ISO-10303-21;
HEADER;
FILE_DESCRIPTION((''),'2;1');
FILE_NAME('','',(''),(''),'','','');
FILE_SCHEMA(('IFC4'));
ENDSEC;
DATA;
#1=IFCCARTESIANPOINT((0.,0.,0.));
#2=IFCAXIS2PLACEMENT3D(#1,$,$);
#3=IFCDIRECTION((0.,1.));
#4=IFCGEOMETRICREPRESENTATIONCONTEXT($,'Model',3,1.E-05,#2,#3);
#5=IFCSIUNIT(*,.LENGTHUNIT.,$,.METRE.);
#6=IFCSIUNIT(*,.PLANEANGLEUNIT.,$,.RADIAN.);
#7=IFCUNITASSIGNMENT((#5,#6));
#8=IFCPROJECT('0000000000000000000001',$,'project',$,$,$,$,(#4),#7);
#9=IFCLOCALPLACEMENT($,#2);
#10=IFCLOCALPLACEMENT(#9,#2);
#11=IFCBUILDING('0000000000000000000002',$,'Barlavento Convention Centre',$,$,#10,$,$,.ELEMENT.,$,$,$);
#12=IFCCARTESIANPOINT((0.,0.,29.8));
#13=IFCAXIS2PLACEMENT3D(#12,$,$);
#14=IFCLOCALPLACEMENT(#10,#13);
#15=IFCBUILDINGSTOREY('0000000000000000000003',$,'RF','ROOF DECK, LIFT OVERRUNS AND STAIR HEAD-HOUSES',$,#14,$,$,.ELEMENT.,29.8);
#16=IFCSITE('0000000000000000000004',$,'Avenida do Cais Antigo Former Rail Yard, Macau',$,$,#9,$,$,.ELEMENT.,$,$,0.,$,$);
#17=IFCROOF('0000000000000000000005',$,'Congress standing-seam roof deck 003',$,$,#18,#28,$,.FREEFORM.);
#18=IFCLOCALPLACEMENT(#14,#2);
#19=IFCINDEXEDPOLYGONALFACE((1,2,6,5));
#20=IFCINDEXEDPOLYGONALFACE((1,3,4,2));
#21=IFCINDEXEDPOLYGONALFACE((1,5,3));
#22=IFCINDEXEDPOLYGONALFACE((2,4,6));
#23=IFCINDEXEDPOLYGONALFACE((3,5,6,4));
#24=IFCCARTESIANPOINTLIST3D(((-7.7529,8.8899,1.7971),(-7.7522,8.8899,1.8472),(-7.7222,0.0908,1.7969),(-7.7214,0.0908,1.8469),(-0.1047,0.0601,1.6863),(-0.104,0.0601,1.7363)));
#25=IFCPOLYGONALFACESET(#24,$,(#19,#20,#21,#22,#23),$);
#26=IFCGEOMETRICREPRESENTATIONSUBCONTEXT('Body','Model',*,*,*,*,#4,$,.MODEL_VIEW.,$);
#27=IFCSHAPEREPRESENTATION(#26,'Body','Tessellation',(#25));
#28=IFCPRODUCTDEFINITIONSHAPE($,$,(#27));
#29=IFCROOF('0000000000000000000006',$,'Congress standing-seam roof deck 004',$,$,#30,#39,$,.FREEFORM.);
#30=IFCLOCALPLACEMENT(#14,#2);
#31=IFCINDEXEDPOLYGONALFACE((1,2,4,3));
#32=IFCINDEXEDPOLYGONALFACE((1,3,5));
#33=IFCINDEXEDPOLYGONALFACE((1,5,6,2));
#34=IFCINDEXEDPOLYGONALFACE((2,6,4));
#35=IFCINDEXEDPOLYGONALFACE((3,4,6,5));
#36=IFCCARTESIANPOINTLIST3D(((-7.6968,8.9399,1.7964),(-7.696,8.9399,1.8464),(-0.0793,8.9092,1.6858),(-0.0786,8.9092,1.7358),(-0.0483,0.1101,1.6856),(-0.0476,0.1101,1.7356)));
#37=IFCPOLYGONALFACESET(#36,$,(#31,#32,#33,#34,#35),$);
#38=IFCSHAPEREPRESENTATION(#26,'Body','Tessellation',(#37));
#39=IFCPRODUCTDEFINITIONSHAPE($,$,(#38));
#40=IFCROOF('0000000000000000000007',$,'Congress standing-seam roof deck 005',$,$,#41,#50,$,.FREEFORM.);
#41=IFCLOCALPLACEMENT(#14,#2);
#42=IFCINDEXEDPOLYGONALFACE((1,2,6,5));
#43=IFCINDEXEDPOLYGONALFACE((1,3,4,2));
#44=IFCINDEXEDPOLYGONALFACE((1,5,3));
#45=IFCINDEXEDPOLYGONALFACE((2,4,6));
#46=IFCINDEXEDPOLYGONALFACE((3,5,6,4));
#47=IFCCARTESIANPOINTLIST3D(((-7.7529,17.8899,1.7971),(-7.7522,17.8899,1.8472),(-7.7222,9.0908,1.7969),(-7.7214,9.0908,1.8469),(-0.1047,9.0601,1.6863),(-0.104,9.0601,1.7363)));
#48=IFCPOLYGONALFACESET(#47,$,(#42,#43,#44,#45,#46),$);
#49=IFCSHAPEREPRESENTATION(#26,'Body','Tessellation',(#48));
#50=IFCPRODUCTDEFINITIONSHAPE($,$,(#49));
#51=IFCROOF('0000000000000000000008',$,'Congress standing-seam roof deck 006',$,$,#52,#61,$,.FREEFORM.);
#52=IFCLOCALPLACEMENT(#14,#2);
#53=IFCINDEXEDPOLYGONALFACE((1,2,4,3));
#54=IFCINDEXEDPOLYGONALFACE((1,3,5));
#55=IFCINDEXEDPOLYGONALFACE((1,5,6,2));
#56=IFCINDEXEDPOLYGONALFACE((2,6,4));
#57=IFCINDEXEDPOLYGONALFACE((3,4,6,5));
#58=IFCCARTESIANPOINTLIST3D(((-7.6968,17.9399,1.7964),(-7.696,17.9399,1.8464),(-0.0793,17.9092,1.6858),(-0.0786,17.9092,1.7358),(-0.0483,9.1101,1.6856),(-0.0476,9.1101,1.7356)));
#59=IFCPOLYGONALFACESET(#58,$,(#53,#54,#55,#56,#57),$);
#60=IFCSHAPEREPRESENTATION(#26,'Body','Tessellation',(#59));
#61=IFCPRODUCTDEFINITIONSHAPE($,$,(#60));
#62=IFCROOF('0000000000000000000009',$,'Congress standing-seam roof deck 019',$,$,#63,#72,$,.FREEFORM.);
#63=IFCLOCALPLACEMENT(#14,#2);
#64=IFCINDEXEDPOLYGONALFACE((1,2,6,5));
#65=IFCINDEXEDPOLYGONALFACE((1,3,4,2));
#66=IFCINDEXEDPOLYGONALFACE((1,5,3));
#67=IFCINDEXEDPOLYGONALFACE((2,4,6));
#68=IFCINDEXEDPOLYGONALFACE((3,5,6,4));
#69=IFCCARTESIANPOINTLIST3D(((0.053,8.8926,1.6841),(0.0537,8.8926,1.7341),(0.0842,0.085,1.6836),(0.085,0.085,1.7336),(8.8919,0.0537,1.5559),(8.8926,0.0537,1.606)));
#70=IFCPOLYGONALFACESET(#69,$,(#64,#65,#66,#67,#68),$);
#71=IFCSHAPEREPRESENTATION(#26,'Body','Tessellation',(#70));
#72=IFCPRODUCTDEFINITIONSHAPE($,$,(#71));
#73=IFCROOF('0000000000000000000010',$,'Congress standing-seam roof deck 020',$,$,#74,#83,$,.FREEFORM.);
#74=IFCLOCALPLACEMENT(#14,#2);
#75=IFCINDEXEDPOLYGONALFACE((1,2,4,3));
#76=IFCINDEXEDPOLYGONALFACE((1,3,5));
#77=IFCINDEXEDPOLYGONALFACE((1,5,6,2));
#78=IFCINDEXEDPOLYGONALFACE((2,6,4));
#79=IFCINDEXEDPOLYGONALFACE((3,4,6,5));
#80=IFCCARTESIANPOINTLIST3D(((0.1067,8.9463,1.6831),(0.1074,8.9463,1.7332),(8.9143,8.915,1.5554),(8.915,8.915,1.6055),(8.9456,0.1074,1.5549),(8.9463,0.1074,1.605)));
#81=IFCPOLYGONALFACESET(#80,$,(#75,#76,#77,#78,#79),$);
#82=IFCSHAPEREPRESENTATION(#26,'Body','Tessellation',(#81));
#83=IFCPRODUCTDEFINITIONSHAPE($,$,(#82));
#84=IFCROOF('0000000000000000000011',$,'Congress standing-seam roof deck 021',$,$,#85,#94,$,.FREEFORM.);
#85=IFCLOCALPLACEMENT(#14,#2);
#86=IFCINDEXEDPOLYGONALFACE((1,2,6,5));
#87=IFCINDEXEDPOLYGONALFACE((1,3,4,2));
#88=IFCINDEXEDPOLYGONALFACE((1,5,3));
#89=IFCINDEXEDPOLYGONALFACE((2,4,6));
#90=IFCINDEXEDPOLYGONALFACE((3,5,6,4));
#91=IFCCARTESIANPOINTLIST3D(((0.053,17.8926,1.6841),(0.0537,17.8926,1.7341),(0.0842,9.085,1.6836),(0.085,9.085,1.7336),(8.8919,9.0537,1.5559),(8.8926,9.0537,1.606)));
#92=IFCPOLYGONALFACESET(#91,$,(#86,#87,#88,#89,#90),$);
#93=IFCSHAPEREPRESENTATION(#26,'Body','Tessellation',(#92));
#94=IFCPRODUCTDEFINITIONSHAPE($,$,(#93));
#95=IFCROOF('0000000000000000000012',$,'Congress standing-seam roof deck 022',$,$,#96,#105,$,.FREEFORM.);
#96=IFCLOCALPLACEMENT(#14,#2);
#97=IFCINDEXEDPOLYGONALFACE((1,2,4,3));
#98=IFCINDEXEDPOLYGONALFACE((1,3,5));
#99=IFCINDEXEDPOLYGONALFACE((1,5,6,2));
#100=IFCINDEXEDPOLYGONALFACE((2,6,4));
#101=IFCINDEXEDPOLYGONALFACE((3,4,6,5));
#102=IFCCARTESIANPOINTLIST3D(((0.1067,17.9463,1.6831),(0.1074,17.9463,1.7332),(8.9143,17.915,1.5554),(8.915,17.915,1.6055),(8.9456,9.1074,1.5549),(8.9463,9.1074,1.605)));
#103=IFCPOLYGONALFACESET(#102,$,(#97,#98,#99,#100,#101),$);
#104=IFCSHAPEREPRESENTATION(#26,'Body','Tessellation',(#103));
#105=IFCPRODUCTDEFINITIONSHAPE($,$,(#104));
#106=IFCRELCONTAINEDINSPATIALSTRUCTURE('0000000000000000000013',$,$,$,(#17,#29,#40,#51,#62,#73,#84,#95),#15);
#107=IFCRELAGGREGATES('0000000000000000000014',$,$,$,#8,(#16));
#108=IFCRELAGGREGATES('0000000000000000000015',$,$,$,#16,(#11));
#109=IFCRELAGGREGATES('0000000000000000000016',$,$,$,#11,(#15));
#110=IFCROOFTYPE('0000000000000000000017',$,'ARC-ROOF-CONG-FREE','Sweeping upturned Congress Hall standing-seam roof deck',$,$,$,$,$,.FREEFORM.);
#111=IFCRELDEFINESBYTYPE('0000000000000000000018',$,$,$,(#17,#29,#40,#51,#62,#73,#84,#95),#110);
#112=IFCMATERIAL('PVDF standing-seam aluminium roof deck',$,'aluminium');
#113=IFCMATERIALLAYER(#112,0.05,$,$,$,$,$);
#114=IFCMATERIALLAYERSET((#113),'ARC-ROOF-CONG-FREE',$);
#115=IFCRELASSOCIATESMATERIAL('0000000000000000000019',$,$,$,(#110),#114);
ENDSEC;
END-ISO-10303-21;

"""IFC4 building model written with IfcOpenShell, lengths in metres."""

from ifc_helpers import new_model, si_unit, direction, frame, origin, place, context, subcontext, project, spatial, polyline, outline, extrude, material, layer, layer_set, type_object, element, save


model = new_model("IFC4")

# Units and contexts
model_context = context("Model", 3, precision=1e-05, world=origin(), true_north=direction((0.0, 1.0)))
body_context = subcontext(model_context, "Body", "Model", "MODEL_VIEW")
ifc_project = project(units=[si_unit("LENGTHUNIT", "METRE"), si_unit("PLANEANGLEUNIT", "RADIAN")], contexts=[model_context])

# Site, building, storey
site_placement = place(None, origin())
site = spatial("IfcSite", under=ifc_project, at=site_placement, Name="Avenida do Cais Antigo Former Rail Yard, Macau", CompositionType="ELEMENT", RefElevation=0.0)
building_placement = place(site_placement, origin())
building = spatial("IfcBuilding", under=site, at=building_placement, Name="Barlavento Convention Centre", CompositionType="ELEMENT")
storey_placement = place(building_placement, frame((0.0, 0.0, 29.8)))
storey = spatial("IfcBuildingStorey", under=building, at=storey_placement, Name="RF", Description="ROOF DECK, LIFT OVERRUNS AND STAIR HEAD-HOUSES", CompositionType="ELEMENT", Elevation=29.8)

# Roofs
ifc_material_1 = material(Name="PVDF standing-seam aluminium roof deck", Category="aluminium")
ifc_layer_1 = layer(ifc_material_1, 0.05)
ifc_layer_set_1 = layer_set([ifc_layer_1], Name="ARC-ROOF-CONG-FREE")
roof_type = type_object("IfcRoofType", Name="ARC-ROOF-CONG-FREE", Description="Sweeping upturned Congress Hall standing-seam roof deck", PredefinedType="FREEFORM", material=ifc_layer_set_1)
roof_1_placement = place(storey_placement, frame((-7.7214, 0.0908, 1.8469), z_axis=(0.014517, 0.000023, 0.999895), x_axis=(0.999886, -0.004038, -0.014517)))
element("IfcRoof", 1, at=roof_1_placement, inside=storey, type_object=roof_type, Name="Congress standing-seam roof deck 003", PredefinedType="FREEFORM", context=body_context, shape_type="SweptSolid", body=[
    extrude(outline(polyline([(0.0, 0.0), (7.6183, 0.0), (-0.0663, 8.7989), (0.0, 0.0)])), origin(), (0.0, 0.0, -1.0), 0.05),
])
roof_2_placement = place(storey_placement, frame((-0.0476, 0.1101, 1.7356), z_axis=(0.014517, 0.000023, 0.999895), x_axis=(-0.003524, 0.999994, 0.000028)))
element("IfcRoof", 2, at=roof_2_placement, inside=storey, type_object=roof_type, Name="Congress standing-seam roof deck 004", PredefinedType="FREEFORM", context=body_context, shape_type="SweptSolid", body=[
    extrude(outline(polyline([(0.0, 0.0), (8.7991, 0.0), (8.8567, 7.6181), (0.0, 0.0)])), origin(), (0.0, 0.0, -1.0), 0.05),
])
roof_3_placement = place(storey_placement, frame((-7.7214, 9.0908, 1.8469), z_axis=(0.014517, 0.000023, 0.999895), x_axis=(0.999886, -0.004038, -0.014517)))
element("IfcRoof", 3, at=roof_3_placement, inside=storey, type_object=roof_type, Name="Congress standing-seam roof deck 005", PredefinedType="FREEFORM", context=body_context, shape_type="SweptSolid", body=[
    extrude(outline(polyline([(0.0, 0.0), (7.6183, 0.0), (-0.0663, 8.7989), (0.0, 0.0)])), origin(), (0.0, 0.0, -1.0), 0.05),
])
roof_4_placement = place(storey_placement, frame((-0.0476, 9.1101, 1.7356), z_axis=(0.014517, 0.000023, 0.999895), x_axis=(-0.003524, 0.999994, 0.000028)))
element("IfcRoof", 4, at=roof_4_placement, inside=storey, type_object=roof_type, Name="Congress standing-seam roof deck 006", PredefinedType="FREEFORM", context=body_context, shape_type="SweptSolid", body=[
    extrude(outline(polyline([(0.0, 0.0), (8.7991, 0.0), (8.8567, 7.6181), (0.0, 0.0)])), origin(), (0.0, 0.0, -1.0), 0.05),
])
roof_5_placement = place(storey_placement, frame((0.085, 0.085, 1.7336), z_axis=(0.014496, -0.000004, 0.999895), x_axis=(0.999889, -0.003548, -0.014496)))
element("IfcRoof", 5, at=roof_5_placement, inside=storey, type_object=roof_type, Name="Congress standing-seam roof deck 019", PredefinedType="FREEFORM", context=body_context, shape_type="SweptSolid", body=[
    extrude(outline(polyline([(0.0, 0.0), (8.8086, 0.0), (-0.0625, 8.8075), (0.0, 0.0)])), origin(), (0.0, 0.0, -1.0), 0.05),
])
roof_6_placement = place(storey_placement, frame((8.9463, 0.1074, 1.605), z_axis=(0.014496, -0.000004, 0.999895), x_axis=(-0.003548, 0.999994, 0.000055)))
element("IfcRoof", 6, at=roof_6_placement, inside=storey, type_object=roof_type, Name="Congress standing-seam roof deck 020", PredefinedType="FREEFORM", context=body_context, shape_type="SweptSolid", body=[
    extrude(outline(polyline([(0.0, 0.0), (8.8077, 0.0), (8.8702, 8.8084), (0.0, 0.0)])), origin(), (0.0, 0.0, -1.0), 0.05),
])
roof_7_placement = place(storey_placement, frame((0.085, 9.085, 1.7336), z_axis=(0.014496, -0.000004, 0.999895), x_axis=(0.999889, -0.003548, -0.014496)))
element("IfcRoof", 7, at=roof_7_placement, inside=storey, type_object=roof_type, Name="Congress standing-seam roof deck 021", PredefinedType="FREEFORM", context=body_context, shape_type="SweptSolid", body=[
    extrude(outline(polyline([(0.0, 0.0), (8.8086, 0.0), (-0.0625, 8.8075), (0.0, 0.0)])), origin(), (0.0, 0.0, -1.0), 0.05),
])
roof_8_placement = place(storey_placement, frame((8.9463, 9.1074, 1.605), z_axis=(0.014496, -0.000004, 0.999895), x_axis=(-0.003548, 0.999994, 0.000055)))
element("IfcRoof", 8, at=roof_8_placement, inside=storey, type_object=roof_type, Name="Congress standing-seam roof deck 022", PredefinedType="FREEFORM", context=body_context, shape_type="SweptSolid", body=[
    extrude(outline(polyline([(0.0, 0.0), (8.8077, 0.0), (8.8702, 8.8084), (0.0, 0.0)])), origin(), (0.0, 0.0, -1.0), 0.05),
])

save(model, "model.ifc")
